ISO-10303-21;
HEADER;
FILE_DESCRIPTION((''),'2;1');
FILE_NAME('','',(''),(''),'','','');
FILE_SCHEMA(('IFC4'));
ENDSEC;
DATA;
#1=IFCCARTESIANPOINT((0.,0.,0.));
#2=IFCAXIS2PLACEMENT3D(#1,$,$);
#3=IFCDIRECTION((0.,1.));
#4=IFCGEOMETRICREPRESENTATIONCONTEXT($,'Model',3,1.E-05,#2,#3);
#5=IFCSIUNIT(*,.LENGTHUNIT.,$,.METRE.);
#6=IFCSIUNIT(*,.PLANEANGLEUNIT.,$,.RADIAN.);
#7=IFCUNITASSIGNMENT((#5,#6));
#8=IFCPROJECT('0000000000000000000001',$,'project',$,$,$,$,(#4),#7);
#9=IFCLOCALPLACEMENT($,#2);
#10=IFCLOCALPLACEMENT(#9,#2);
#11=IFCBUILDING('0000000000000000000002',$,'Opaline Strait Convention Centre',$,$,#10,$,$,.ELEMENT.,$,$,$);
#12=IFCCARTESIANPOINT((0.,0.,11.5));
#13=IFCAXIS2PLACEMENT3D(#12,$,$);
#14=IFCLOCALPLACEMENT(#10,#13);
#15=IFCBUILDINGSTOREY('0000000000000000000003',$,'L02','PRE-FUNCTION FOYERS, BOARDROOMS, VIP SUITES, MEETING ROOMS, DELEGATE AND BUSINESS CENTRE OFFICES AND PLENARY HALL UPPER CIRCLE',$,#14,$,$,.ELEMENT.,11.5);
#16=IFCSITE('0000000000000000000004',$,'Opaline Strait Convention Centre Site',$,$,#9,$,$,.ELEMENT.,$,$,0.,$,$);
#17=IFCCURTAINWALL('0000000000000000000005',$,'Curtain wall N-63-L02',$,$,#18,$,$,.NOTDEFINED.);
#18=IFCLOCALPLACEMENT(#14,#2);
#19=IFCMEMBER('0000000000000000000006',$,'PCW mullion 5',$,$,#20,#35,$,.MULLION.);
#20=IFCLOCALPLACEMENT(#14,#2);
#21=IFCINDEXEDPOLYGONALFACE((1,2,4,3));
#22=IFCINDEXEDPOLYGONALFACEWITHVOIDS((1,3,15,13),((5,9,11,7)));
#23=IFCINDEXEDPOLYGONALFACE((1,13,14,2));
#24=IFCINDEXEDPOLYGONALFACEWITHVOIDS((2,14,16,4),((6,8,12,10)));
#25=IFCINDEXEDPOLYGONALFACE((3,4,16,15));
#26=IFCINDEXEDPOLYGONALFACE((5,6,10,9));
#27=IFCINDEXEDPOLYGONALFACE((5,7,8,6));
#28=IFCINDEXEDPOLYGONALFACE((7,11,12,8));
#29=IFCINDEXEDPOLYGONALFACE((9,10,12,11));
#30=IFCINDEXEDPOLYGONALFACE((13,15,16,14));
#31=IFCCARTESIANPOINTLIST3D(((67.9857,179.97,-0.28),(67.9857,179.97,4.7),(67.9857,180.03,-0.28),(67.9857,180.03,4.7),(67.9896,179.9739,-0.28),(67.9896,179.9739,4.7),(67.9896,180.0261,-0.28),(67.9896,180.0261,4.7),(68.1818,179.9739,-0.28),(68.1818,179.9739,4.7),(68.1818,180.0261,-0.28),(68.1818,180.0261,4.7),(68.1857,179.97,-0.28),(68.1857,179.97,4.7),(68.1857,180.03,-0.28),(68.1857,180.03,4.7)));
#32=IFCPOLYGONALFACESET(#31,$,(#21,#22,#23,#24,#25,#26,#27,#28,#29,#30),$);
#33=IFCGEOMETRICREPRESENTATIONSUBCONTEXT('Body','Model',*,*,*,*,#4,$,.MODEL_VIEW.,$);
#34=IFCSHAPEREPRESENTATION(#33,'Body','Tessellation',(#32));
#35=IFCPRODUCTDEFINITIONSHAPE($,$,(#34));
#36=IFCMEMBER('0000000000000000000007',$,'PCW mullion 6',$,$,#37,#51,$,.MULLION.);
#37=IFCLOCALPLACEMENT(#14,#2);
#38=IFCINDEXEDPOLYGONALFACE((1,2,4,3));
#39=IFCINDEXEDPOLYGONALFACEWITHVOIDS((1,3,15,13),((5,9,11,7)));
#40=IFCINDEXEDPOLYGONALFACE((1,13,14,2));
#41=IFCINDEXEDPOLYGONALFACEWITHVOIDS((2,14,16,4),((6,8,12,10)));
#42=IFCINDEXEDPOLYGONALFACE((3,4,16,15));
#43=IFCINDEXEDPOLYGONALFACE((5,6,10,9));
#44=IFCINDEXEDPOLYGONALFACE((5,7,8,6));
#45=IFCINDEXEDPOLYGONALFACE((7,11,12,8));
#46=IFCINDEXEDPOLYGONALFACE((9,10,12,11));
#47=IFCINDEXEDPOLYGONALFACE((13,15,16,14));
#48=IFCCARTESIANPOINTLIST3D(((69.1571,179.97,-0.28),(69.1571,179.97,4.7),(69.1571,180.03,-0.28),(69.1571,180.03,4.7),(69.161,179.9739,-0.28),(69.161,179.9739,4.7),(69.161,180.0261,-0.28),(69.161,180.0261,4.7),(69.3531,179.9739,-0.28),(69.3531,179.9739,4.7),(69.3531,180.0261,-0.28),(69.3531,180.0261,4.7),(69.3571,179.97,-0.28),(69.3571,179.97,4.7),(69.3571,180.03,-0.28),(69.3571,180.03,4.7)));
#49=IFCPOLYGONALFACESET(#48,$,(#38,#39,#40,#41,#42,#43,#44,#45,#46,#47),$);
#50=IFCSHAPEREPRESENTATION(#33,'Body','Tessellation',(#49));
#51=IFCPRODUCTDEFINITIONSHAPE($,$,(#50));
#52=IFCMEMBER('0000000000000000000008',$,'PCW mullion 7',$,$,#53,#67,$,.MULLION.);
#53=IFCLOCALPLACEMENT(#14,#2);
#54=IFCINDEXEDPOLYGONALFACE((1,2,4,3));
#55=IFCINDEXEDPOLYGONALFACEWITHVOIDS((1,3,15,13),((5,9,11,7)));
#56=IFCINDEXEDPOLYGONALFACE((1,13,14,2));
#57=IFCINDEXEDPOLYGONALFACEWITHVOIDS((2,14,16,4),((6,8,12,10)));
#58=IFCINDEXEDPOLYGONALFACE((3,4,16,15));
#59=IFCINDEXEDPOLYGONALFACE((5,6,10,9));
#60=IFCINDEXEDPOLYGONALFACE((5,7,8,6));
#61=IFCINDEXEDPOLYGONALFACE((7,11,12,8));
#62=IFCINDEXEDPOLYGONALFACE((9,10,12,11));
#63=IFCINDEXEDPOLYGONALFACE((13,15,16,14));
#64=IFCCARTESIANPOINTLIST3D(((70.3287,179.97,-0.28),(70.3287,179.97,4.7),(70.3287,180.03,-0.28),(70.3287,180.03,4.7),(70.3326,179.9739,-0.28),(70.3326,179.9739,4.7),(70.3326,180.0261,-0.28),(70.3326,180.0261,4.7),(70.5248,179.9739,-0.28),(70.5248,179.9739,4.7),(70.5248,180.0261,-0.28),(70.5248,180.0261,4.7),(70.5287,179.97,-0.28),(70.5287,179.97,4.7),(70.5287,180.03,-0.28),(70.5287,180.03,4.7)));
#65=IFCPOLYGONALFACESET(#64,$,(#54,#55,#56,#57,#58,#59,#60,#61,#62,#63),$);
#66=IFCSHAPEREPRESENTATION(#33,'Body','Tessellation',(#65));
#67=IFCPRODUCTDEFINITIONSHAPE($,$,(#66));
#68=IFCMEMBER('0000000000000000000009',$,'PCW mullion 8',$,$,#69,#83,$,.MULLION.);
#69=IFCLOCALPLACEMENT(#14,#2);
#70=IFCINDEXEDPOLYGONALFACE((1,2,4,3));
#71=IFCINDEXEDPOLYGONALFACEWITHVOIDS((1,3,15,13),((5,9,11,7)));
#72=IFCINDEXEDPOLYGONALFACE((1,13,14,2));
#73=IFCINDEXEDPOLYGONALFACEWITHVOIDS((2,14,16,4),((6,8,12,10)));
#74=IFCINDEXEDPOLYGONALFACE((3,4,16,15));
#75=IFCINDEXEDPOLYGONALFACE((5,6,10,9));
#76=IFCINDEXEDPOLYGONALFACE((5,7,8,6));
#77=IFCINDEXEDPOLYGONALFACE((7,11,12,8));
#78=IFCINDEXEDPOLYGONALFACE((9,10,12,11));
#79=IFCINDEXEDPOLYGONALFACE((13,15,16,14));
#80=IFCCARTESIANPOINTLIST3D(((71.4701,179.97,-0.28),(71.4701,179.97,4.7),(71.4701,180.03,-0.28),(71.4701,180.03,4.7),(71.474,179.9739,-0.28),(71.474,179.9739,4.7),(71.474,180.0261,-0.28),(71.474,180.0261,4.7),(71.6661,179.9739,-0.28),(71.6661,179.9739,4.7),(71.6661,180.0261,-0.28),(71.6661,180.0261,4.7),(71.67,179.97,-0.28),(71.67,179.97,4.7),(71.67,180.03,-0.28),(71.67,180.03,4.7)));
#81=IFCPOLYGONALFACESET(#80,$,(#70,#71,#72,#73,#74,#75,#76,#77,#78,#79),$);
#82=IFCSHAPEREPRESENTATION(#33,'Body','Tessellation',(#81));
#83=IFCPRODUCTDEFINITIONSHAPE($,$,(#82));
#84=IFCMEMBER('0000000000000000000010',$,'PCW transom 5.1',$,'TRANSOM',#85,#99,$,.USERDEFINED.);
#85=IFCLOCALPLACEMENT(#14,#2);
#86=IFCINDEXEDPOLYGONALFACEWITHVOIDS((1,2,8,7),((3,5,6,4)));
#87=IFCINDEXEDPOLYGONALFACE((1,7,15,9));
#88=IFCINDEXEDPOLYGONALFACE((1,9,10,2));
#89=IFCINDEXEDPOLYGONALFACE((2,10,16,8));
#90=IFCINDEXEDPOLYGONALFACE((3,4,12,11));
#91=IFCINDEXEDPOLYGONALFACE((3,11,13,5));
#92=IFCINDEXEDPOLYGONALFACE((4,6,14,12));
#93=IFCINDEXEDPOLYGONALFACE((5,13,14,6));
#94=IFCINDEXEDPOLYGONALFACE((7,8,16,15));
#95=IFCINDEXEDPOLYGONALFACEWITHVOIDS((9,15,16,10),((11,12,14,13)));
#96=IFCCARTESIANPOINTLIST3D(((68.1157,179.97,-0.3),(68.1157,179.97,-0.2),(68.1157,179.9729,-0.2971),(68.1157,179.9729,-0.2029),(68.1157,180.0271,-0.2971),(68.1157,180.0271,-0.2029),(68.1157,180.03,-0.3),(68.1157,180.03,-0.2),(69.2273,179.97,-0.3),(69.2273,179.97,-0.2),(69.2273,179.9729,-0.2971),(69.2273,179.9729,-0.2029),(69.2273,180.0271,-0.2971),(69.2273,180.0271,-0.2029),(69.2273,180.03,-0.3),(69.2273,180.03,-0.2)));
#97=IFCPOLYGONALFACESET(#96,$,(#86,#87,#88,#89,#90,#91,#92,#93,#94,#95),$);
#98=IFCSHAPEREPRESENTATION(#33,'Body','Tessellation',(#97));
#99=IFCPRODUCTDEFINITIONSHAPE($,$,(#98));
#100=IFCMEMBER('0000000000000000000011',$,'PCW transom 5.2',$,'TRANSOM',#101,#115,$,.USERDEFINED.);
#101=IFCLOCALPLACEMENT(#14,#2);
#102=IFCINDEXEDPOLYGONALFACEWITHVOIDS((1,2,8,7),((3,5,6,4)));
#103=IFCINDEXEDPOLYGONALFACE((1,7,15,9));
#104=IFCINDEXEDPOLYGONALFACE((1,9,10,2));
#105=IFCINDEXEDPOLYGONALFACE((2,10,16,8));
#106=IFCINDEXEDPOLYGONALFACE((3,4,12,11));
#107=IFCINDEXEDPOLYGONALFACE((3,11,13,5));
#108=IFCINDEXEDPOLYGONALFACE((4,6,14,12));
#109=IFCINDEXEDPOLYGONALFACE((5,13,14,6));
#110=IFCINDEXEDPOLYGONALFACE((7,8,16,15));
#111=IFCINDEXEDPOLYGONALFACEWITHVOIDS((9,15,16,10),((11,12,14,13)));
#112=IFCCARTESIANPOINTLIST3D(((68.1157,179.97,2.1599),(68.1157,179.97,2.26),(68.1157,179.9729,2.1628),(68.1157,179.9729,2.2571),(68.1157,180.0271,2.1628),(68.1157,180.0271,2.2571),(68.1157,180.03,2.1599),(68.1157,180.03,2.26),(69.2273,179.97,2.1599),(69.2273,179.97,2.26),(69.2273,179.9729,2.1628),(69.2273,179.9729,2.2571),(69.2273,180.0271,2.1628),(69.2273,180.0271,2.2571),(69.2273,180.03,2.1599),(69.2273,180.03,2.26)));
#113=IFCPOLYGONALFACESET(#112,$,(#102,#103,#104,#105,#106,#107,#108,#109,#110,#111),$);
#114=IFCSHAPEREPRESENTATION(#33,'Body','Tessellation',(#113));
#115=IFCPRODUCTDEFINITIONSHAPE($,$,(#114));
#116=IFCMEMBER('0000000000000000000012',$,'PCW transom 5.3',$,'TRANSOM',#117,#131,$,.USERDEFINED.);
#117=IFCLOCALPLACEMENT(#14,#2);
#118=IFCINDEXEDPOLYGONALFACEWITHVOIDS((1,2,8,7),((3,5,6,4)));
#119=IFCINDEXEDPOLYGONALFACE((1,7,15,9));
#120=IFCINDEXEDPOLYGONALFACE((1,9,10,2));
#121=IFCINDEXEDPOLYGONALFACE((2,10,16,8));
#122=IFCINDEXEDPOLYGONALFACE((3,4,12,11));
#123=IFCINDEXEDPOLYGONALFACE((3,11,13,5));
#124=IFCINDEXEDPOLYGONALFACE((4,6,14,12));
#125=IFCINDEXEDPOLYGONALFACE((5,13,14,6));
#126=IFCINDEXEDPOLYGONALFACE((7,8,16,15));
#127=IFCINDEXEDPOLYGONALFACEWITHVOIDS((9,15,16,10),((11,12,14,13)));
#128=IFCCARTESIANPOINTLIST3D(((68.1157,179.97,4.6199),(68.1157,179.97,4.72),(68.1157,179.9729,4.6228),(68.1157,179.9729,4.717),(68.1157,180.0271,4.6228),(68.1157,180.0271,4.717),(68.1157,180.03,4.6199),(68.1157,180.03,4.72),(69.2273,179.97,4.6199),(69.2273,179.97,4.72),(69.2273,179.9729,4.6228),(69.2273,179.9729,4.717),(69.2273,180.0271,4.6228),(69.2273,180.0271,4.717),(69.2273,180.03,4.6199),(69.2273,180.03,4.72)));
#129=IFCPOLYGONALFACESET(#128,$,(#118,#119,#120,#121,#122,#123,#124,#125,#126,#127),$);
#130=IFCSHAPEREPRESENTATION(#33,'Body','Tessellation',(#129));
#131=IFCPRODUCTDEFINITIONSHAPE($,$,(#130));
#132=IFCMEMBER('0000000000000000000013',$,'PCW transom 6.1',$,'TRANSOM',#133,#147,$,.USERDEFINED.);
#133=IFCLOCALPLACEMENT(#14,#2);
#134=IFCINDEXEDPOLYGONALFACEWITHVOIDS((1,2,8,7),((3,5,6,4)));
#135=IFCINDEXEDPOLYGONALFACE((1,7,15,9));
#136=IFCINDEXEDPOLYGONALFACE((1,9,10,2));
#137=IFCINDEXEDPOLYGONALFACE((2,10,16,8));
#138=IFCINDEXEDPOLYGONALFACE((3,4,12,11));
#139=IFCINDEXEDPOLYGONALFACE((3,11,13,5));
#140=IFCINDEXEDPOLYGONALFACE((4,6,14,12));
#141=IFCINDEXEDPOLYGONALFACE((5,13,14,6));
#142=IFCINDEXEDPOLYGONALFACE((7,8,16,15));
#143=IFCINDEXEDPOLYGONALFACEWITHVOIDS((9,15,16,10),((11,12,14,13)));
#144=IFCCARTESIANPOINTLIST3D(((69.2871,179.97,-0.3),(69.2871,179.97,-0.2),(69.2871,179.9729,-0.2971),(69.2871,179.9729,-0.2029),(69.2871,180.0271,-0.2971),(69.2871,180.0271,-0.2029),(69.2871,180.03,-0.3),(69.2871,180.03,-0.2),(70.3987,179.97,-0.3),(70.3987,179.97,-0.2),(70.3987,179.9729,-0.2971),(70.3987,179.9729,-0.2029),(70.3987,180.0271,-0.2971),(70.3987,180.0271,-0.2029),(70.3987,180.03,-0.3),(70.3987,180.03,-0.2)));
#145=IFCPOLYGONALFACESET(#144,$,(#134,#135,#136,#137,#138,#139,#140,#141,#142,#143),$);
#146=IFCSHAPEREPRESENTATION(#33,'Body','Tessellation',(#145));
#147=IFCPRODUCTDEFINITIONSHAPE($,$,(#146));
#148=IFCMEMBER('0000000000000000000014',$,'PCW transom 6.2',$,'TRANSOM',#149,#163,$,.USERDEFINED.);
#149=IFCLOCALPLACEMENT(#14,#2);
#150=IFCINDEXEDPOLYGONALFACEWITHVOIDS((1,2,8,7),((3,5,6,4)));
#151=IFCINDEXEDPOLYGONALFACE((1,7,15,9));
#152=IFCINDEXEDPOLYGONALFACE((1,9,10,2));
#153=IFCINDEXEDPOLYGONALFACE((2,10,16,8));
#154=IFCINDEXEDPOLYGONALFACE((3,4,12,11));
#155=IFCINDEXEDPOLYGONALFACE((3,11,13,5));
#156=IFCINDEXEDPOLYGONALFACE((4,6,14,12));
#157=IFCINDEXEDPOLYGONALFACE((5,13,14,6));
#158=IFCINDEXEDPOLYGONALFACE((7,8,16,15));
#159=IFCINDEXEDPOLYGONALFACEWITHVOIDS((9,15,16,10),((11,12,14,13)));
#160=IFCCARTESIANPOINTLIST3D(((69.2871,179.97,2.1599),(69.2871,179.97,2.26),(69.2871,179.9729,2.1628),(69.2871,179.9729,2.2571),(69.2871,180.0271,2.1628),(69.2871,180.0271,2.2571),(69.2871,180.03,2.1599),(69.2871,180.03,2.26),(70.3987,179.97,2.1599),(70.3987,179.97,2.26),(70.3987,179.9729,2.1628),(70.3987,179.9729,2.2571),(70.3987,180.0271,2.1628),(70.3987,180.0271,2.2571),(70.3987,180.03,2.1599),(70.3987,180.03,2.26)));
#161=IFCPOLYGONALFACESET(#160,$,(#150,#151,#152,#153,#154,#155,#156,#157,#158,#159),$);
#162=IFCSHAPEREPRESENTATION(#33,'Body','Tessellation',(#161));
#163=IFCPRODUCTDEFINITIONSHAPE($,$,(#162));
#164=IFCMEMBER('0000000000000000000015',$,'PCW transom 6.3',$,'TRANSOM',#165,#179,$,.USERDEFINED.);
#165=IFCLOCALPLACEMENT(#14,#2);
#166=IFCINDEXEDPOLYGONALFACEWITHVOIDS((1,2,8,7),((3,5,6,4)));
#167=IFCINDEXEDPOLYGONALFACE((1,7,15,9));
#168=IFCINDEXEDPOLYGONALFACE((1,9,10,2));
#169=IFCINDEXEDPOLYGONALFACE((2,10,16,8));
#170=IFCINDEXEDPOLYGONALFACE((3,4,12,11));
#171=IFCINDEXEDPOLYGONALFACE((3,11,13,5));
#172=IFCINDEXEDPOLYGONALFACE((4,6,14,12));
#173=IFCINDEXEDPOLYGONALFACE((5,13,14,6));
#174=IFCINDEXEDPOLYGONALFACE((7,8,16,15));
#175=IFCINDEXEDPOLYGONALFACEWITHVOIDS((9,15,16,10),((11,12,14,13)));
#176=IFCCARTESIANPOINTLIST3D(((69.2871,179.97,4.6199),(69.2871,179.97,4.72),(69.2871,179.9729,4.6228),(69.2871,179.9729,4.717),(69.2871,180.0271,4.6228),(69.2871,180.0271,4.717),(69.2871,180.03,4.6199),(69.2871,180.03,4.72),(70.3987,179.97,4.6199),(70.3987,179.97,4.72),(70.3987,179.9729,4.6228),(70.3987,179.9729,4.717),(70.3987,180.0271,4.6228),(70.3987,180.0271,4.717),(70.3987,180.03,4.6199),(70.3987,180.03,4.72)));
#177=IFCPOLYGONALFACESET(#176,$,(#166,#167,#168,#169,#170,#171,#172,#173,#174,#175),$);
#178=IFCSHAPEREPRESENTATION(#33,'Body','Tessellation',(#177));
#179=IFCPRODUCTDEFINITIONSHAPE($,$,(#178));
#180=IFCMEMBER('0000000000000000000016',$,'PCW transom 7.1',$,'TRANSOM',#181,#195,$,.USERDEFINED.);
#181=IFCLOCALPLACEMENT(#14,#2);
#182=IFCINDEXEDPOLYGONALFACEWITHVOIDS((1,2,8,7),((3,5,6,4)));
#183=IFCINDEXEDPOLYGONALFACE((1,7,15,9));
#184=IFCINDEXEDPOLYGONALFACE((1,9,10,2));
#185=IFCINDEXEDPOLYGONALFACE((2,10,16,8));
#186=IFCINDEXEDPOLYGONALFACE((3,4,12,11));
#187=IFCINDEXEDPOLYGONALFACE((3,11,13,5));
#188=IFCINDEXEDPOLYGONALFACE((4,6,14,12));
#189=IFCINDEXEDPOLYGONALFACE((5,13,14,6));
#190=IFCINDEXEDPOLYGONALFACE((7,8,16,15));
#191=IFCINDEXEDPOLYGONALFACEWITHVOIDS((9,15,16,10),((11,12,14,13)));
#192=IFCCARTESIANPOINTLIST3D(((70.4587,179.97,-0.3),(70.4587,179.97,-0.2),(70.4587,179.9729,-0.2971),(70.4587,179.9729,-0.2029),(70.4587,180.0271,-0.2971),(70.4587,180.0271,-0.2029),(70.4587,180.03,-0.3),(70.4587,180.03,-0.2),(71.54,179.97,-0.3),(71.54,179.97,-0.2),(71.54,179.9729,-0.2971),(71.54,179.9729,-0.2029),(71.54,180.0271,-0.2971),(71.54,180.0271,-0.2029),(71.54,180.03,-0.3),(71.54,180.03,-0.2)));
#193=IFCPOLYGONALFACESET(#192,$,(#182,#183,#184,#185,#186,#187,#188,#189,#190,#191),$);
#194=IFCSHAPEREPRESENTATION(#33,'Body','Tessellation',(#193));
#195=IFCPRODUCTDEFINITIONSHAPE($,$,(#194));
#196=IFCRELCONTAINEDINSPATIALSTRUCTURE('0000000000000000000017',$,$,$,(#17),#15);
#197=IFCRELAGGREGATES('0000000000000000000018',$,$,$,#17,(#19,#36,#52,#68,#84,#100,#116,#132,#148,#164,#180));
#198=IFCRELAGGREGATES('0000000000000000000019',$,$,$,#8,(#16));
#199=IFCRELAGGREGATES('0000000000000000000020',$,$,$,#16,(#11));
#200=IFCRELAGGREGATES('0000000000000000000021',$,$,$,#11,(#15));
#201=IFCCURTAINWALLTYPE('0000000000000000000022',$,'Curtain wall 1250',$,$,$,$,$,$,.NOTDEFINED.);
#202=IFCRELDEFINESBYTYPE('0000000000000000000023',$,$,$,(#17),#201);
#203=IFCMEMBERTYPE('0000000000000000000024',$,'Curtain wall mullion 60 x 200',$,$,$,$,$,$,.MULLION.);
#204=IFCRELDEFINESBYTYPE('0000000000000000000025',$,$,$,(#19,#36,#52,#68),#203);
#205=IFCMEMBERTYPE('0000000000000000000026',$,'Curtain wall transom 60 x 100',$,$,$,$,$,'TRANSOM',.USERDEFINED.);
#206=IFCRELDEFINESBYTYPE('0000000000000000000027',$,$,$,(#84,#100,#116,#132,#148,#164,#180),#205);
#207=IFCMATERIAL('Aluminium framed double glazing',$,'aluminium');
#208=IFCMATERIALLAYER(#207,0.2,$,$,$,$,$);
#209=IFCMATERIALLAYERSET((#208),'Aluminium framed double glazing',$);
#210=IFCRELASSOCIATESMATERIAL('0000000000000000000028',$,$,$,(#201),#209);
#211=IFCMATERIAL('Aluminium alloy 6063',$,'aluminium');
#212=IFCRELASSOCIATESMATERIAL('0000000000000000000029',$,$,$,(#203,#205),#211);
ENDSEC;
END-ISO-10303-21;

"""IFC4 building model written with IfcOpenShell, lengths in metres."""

from ifc_helpers import new_model, si_unit, direction, frame, origin, origin_2d, place, context, subcontext, project, spatial, hollow_rectangle, extrude, material, layer, layer_set, material_profile, profile_set, type_object, element, aggregate, save


model = new_model("IFC4")

# Units and contexts
model_context = context("Model", 3, precision=1e-05, world=origin(), true_north=direction((0.0, 1.0)))
body_context = subcontext(model_context, "Body", "Model", "MODEL_VIEW")
ifc_project = project(units=[si_unit("LENGTHUNIT", "METRE"), si_unit("PLANEANGLEUNIT", "RADIAN")], contexts=[model_context])

# Site, building, storey
site_placement = place(None, origin())
site = spatial("IfcSite", under=ifc_project, at=site_placement, Name="Opaline Strait Convention Centre Site", CompositionType="ELEMENT", RefElevation=0.0)
building_placement = place(site_placement, origin())
building = spatial("IfcBuilding", under=site, at=building_placement, Name="Opaline Strait Convention Centre", CompositionType="ELEMENT")
storey_placement = place(building_placement, frame((0.0, 0.0, 11.5)))
storey = spatial("IfcBuildingStorey", under=building, at=storey_placement, Name="L02", Description="PRE-FUNCTION FOYERS, BOARDROOMS, VIP SUITES, MEETING ROOMS, DELEGATE AND BUSINESS CENTRE OFFICES AND PLENARY HALL UPPER CIRCLE", CompositionType="ELEMENT", Elevation=11.5)

# Curtain wall, members
ifc_material_1 = material(Name="Aluminium framed double glazing", Category="aluminium")
ifc_layer_1 = layer(ifc_material_1, 0.2)
ifc_layer_set_1 = layer_set([ifc_layer_1], Name="Aluminium framed double glazing")
curtain_wall_type = type_object("IfcCurtainWallType", Name="Curtain wall 1250", PredefinedType="NOTDEFINED", material=ifc_layer_set_1)
curtain_wall_placement = place(storey_placement, origin())
curtain_wall = element("IfcCurtainWall", 1, at=curtain_wall_placement, inside=storey, type_object=curtain_wall_type, Name="Curtain wall N-63-L02", PredefinedType="NOTDEFINED")
ifc_material_2 = material(Name="Aluminium alloy 6063", Category="aluminium")
ifc_material_profile_1 = material_profile(ifc_material_2, hollow_rectangle(XDim=0.0601, YDim=0.2, WallThickness=0.0039, at=origin_2d()), Name="MULLION 60x200x4")
ifc_profile_set_1 = profile_set([ifc_material_profile_1], Name="Aluminium alloy 6063")
member_type_1 = type_object("IfcMemberType", Name="Curtain wall mullion 60 x 200", PredefinedType="MULLION", material=ifc_profile_set_1)
member_1_placement = place(storey_placement, frame((68.0857, 180.0, -0.28), z_axis=(0.0, 0.0, 1.0), x_axis=(0.0, 1.0, 0.0)))
member_1 = element("IfcMember", 2, at=member_1_placement, type_object=member_type_1, Name="PCW mullion 5", PredefinedType="MULLION", context=body_context, shape_type="SweptSolid", body=[
    extrude(hollow_rectangle(XDim=0.0601, YDim=0.2, WallThickness=0.0039, at=origin_2d()), origin(), (0.0, 0.0, 1.0), 4.98),
])
member_2_placement = place(storey_placement, frame((69.2571, 180.0, -0.28), z_axis=(0.0, 0.0, 1.0), x_axis=(0.0, 1.0, 0.0)))
member_2 = element("IfcMember", 3, at=member_2_placement, type_object=member_type_1, Name="PCW mullion 6", PredefinedType="MULLION", context=body_context, shape_type="SweptSolid", body=[
    extrude(hollow_rectangle(XDim=0.0601, YDim=0.2, WallThickness=0.0039, at=origin_2d()), origin(), (0.0, 0.0, 1.0), 4.98),
])
member_3_placement = place(storey_placement, frame((70.4287, 180.0, -0.28), z_axis=(0.0, 0.0, 1.0), x_axis=(0.0, 1.0, 0.0)))
member_3 = element("IfcMember", 4, at=member_3_placement, type_object=member_type_1, Name="PCW mullion 7", PredefinedType="MULLION", context=body_context, shape_type="SweptSolid", body=[
    extrude(hollow_rectangle(XDim=0.0601, YDim=0.2, WallThickness=0.0039, at=origin_2d()), origin(), (0.0, 0.0, 1.0), 4.98),
])
member_4_placement = place(storey_placement, frame((71.5701, 180.0, -0.28), z_axis=(0.0, 0.0, 1.0), x_axis=(0.0, 1.0, 0.0)))
member_4 = element("IfcMember", 5, at=member_4_placement, type_object=member_type_1, Name="PCW mullion 8", PredefinedType="MULLION", context=body_context, shape_type="SweptSolid", body=[
    extrude(hollow_rectangle(XDim=0.0601, YDim=0.2, WallThickness=0.0039, at=origin_2d()), origin(), (0.0, 0.0, 1.0), 4.98),
])
ifc_material_profile_2 = material_profile(ifc_material_2, hollow_rectangle(XDim=0.0601, YDim=0.1001, WallThickness=0.0029, at=origin_2d()), Name="TRANSOM 60x100x3")
ifc_profile_set_2 = profile_set([ifc_material_profile_2], Name="Aluminium alloy 6063")
member_type_2 = type_object("IfcMemberType", Name="Curtain wall transom 60 x 100", ElementType="TRANSOM", PredefinedType="USERDEFINED", material=ifc_profile_set_2)
member_5_placement = place(storey_placement, frame((68.1157, 180.0, -0.25), z_axis=(1.0, 0.0, 0.0), x_axis=(0.0, 1.0, 0.0)))
member_5 = element("IfcMember", 6, at=member_5_placement, type_object=member_type_2, Name="PCW transom 5.1", ObjectType="TRANSOM", PredefinedType="USERDEFINED", context=body_context, shape_type="SweptSolid", body=[
    extrude(hollow_rectangle(XDim=0.0601, YDim=0.1001, WallThickness=0.0029, at=origin_2d()), origin(), (0.0, 0.0, 1.0), 1.1116),
])
member_6_placement = place(storey_placement, frame((68.1157, 180.0, 2.21), z_axis=(1.0, 0.0, 0.0), x_axis=(0.0, 1.0, 0.0)))
member_6 = element("IfcMember", 7, at=member_6_placement, type_object=member_type_2, Name="PCW transom 5.2", ObjectType="TRANSOM", PredefinedType="USERDEFINED", context=body_context, shape_type="SweptSolid", body=[
    extrude(hollow_rectangle(XDim=0.0601, YDim=0.1001, WallThickness=0.0029, at=origin_2d()), origin(), (0.0, 0.0, 1.0), 1.1116),
])
member_7_placement = place(storey_placement, frame((68.1157, 180.0, 4.6699), z_axis=(1.0, 0.0, 0.0), x_axis=(0.0, 1.0, 0.0)))
member_7 = element("IfcMember", 8, at=member_7_placement, type_object=member_type_2, Name="PCW transom 5.3", ObjectType="TRANSOM", PredefinedType="USERDEFINED", context=body_context, shape_type="SweptSolid", body=[
    extrude(hollow_rectangle(XDim=0.0601, YDim=0.1001, WallThickness=0.0029, at=origin_2d()), origin(), (0.0, 0.0, 1.0), 1.1116),
])
member_8_placement = place(storey_placement, frame((69.2871, 180.0, -0.25), z_axis=(1.0, 0.0, 0.0), x_axis=(0.0, 1.0, 0.0)))
member_8 = element("IfcMember", 9, at=member_8_placement, type_object=member_type_2, Name="PCW transom 6.1", ObjectType="TRANSOM", PredefinedType="USERDEFINED", context=body_context, shape_type="SweptSolid", body=[
    extrude(hollow_rectangle(XDim=0.0601, YDim=0.1001, WallThickness=0.0029, at=origin_2d()), origin(), (0.0, 0.0, 1.0), 1.1116),
])
member_9_placement = place(storey_placement, frame((69.2871, 180.0, 2.21), z_axis=(1.0, 0.0, 0.0), x_axis=(0.0, 1.0, 0.0)))
member_9 = element("IfcMember", 10, at=member_9_placement, type_object=member_type_2, Name="PCW transom 6.2", ObjectType="TRANSOM", PredefinedType="USERDEFINED", context=body_context, shape_type="SweptSolid", body=[
    extrude(hollow_rectangle(XDim=0.0601, YDim=0.1001, WallThickness=0.0029, at=origin_2d()), origin(), (0.0, 0.0, 1.0), 1.1116),
])
member_10_placement = place(storey_placement, frame((69.2871, 180.0, 4.6699), z_axis=(1.0, 0.0, 0.0), x_axis=(0.0, 1.0, 0.0)))
member_10 = element("IfcMember", 11, at=member_10_placement, type_object=member_type_2, Name="PCW transom 6.3", ObjectType="TRANSOM", PredefinedType="USERDEFINED", context=body_context, shape_type="SweptSolid", body=[
    extrude(hollow_rectangle(XDim=0.0601, YDim=0.1001, WallThickness=0.0029, at=origin_2d()), origin(), (0.0, 0.0, 1.0), 1.1116),
])
member_11_placement = place(storey_placement, frame((70.4587, 180.0, -0.25), z_axis=(1.0, 0.0, 0.0), x_axis=(0.0, 1.0, 0.0)))
member_11 = element("IfcMember", 12, at=member_11_placement, type_object=member_type_2, Name="PCW transom 7.1", ObjectType="TRANSOM", PredefinedType="USERDEFINED", context=body_context, shape_type="SweptSolid", body=[
    extrude(hollow_rectangle(XDim=0.0601, YDim=0.1001, WallThickness=0.0029, at=origin_2d()), origin(), (0.0, 0.0, 1.0), 1.0813),
])

aggregate(curtain_wall, [member_1, member_2, member_3, member_4, member_5, member_6, member_7, member_8, member_9, member_10, member_11])

save(model, "model.ifc")
